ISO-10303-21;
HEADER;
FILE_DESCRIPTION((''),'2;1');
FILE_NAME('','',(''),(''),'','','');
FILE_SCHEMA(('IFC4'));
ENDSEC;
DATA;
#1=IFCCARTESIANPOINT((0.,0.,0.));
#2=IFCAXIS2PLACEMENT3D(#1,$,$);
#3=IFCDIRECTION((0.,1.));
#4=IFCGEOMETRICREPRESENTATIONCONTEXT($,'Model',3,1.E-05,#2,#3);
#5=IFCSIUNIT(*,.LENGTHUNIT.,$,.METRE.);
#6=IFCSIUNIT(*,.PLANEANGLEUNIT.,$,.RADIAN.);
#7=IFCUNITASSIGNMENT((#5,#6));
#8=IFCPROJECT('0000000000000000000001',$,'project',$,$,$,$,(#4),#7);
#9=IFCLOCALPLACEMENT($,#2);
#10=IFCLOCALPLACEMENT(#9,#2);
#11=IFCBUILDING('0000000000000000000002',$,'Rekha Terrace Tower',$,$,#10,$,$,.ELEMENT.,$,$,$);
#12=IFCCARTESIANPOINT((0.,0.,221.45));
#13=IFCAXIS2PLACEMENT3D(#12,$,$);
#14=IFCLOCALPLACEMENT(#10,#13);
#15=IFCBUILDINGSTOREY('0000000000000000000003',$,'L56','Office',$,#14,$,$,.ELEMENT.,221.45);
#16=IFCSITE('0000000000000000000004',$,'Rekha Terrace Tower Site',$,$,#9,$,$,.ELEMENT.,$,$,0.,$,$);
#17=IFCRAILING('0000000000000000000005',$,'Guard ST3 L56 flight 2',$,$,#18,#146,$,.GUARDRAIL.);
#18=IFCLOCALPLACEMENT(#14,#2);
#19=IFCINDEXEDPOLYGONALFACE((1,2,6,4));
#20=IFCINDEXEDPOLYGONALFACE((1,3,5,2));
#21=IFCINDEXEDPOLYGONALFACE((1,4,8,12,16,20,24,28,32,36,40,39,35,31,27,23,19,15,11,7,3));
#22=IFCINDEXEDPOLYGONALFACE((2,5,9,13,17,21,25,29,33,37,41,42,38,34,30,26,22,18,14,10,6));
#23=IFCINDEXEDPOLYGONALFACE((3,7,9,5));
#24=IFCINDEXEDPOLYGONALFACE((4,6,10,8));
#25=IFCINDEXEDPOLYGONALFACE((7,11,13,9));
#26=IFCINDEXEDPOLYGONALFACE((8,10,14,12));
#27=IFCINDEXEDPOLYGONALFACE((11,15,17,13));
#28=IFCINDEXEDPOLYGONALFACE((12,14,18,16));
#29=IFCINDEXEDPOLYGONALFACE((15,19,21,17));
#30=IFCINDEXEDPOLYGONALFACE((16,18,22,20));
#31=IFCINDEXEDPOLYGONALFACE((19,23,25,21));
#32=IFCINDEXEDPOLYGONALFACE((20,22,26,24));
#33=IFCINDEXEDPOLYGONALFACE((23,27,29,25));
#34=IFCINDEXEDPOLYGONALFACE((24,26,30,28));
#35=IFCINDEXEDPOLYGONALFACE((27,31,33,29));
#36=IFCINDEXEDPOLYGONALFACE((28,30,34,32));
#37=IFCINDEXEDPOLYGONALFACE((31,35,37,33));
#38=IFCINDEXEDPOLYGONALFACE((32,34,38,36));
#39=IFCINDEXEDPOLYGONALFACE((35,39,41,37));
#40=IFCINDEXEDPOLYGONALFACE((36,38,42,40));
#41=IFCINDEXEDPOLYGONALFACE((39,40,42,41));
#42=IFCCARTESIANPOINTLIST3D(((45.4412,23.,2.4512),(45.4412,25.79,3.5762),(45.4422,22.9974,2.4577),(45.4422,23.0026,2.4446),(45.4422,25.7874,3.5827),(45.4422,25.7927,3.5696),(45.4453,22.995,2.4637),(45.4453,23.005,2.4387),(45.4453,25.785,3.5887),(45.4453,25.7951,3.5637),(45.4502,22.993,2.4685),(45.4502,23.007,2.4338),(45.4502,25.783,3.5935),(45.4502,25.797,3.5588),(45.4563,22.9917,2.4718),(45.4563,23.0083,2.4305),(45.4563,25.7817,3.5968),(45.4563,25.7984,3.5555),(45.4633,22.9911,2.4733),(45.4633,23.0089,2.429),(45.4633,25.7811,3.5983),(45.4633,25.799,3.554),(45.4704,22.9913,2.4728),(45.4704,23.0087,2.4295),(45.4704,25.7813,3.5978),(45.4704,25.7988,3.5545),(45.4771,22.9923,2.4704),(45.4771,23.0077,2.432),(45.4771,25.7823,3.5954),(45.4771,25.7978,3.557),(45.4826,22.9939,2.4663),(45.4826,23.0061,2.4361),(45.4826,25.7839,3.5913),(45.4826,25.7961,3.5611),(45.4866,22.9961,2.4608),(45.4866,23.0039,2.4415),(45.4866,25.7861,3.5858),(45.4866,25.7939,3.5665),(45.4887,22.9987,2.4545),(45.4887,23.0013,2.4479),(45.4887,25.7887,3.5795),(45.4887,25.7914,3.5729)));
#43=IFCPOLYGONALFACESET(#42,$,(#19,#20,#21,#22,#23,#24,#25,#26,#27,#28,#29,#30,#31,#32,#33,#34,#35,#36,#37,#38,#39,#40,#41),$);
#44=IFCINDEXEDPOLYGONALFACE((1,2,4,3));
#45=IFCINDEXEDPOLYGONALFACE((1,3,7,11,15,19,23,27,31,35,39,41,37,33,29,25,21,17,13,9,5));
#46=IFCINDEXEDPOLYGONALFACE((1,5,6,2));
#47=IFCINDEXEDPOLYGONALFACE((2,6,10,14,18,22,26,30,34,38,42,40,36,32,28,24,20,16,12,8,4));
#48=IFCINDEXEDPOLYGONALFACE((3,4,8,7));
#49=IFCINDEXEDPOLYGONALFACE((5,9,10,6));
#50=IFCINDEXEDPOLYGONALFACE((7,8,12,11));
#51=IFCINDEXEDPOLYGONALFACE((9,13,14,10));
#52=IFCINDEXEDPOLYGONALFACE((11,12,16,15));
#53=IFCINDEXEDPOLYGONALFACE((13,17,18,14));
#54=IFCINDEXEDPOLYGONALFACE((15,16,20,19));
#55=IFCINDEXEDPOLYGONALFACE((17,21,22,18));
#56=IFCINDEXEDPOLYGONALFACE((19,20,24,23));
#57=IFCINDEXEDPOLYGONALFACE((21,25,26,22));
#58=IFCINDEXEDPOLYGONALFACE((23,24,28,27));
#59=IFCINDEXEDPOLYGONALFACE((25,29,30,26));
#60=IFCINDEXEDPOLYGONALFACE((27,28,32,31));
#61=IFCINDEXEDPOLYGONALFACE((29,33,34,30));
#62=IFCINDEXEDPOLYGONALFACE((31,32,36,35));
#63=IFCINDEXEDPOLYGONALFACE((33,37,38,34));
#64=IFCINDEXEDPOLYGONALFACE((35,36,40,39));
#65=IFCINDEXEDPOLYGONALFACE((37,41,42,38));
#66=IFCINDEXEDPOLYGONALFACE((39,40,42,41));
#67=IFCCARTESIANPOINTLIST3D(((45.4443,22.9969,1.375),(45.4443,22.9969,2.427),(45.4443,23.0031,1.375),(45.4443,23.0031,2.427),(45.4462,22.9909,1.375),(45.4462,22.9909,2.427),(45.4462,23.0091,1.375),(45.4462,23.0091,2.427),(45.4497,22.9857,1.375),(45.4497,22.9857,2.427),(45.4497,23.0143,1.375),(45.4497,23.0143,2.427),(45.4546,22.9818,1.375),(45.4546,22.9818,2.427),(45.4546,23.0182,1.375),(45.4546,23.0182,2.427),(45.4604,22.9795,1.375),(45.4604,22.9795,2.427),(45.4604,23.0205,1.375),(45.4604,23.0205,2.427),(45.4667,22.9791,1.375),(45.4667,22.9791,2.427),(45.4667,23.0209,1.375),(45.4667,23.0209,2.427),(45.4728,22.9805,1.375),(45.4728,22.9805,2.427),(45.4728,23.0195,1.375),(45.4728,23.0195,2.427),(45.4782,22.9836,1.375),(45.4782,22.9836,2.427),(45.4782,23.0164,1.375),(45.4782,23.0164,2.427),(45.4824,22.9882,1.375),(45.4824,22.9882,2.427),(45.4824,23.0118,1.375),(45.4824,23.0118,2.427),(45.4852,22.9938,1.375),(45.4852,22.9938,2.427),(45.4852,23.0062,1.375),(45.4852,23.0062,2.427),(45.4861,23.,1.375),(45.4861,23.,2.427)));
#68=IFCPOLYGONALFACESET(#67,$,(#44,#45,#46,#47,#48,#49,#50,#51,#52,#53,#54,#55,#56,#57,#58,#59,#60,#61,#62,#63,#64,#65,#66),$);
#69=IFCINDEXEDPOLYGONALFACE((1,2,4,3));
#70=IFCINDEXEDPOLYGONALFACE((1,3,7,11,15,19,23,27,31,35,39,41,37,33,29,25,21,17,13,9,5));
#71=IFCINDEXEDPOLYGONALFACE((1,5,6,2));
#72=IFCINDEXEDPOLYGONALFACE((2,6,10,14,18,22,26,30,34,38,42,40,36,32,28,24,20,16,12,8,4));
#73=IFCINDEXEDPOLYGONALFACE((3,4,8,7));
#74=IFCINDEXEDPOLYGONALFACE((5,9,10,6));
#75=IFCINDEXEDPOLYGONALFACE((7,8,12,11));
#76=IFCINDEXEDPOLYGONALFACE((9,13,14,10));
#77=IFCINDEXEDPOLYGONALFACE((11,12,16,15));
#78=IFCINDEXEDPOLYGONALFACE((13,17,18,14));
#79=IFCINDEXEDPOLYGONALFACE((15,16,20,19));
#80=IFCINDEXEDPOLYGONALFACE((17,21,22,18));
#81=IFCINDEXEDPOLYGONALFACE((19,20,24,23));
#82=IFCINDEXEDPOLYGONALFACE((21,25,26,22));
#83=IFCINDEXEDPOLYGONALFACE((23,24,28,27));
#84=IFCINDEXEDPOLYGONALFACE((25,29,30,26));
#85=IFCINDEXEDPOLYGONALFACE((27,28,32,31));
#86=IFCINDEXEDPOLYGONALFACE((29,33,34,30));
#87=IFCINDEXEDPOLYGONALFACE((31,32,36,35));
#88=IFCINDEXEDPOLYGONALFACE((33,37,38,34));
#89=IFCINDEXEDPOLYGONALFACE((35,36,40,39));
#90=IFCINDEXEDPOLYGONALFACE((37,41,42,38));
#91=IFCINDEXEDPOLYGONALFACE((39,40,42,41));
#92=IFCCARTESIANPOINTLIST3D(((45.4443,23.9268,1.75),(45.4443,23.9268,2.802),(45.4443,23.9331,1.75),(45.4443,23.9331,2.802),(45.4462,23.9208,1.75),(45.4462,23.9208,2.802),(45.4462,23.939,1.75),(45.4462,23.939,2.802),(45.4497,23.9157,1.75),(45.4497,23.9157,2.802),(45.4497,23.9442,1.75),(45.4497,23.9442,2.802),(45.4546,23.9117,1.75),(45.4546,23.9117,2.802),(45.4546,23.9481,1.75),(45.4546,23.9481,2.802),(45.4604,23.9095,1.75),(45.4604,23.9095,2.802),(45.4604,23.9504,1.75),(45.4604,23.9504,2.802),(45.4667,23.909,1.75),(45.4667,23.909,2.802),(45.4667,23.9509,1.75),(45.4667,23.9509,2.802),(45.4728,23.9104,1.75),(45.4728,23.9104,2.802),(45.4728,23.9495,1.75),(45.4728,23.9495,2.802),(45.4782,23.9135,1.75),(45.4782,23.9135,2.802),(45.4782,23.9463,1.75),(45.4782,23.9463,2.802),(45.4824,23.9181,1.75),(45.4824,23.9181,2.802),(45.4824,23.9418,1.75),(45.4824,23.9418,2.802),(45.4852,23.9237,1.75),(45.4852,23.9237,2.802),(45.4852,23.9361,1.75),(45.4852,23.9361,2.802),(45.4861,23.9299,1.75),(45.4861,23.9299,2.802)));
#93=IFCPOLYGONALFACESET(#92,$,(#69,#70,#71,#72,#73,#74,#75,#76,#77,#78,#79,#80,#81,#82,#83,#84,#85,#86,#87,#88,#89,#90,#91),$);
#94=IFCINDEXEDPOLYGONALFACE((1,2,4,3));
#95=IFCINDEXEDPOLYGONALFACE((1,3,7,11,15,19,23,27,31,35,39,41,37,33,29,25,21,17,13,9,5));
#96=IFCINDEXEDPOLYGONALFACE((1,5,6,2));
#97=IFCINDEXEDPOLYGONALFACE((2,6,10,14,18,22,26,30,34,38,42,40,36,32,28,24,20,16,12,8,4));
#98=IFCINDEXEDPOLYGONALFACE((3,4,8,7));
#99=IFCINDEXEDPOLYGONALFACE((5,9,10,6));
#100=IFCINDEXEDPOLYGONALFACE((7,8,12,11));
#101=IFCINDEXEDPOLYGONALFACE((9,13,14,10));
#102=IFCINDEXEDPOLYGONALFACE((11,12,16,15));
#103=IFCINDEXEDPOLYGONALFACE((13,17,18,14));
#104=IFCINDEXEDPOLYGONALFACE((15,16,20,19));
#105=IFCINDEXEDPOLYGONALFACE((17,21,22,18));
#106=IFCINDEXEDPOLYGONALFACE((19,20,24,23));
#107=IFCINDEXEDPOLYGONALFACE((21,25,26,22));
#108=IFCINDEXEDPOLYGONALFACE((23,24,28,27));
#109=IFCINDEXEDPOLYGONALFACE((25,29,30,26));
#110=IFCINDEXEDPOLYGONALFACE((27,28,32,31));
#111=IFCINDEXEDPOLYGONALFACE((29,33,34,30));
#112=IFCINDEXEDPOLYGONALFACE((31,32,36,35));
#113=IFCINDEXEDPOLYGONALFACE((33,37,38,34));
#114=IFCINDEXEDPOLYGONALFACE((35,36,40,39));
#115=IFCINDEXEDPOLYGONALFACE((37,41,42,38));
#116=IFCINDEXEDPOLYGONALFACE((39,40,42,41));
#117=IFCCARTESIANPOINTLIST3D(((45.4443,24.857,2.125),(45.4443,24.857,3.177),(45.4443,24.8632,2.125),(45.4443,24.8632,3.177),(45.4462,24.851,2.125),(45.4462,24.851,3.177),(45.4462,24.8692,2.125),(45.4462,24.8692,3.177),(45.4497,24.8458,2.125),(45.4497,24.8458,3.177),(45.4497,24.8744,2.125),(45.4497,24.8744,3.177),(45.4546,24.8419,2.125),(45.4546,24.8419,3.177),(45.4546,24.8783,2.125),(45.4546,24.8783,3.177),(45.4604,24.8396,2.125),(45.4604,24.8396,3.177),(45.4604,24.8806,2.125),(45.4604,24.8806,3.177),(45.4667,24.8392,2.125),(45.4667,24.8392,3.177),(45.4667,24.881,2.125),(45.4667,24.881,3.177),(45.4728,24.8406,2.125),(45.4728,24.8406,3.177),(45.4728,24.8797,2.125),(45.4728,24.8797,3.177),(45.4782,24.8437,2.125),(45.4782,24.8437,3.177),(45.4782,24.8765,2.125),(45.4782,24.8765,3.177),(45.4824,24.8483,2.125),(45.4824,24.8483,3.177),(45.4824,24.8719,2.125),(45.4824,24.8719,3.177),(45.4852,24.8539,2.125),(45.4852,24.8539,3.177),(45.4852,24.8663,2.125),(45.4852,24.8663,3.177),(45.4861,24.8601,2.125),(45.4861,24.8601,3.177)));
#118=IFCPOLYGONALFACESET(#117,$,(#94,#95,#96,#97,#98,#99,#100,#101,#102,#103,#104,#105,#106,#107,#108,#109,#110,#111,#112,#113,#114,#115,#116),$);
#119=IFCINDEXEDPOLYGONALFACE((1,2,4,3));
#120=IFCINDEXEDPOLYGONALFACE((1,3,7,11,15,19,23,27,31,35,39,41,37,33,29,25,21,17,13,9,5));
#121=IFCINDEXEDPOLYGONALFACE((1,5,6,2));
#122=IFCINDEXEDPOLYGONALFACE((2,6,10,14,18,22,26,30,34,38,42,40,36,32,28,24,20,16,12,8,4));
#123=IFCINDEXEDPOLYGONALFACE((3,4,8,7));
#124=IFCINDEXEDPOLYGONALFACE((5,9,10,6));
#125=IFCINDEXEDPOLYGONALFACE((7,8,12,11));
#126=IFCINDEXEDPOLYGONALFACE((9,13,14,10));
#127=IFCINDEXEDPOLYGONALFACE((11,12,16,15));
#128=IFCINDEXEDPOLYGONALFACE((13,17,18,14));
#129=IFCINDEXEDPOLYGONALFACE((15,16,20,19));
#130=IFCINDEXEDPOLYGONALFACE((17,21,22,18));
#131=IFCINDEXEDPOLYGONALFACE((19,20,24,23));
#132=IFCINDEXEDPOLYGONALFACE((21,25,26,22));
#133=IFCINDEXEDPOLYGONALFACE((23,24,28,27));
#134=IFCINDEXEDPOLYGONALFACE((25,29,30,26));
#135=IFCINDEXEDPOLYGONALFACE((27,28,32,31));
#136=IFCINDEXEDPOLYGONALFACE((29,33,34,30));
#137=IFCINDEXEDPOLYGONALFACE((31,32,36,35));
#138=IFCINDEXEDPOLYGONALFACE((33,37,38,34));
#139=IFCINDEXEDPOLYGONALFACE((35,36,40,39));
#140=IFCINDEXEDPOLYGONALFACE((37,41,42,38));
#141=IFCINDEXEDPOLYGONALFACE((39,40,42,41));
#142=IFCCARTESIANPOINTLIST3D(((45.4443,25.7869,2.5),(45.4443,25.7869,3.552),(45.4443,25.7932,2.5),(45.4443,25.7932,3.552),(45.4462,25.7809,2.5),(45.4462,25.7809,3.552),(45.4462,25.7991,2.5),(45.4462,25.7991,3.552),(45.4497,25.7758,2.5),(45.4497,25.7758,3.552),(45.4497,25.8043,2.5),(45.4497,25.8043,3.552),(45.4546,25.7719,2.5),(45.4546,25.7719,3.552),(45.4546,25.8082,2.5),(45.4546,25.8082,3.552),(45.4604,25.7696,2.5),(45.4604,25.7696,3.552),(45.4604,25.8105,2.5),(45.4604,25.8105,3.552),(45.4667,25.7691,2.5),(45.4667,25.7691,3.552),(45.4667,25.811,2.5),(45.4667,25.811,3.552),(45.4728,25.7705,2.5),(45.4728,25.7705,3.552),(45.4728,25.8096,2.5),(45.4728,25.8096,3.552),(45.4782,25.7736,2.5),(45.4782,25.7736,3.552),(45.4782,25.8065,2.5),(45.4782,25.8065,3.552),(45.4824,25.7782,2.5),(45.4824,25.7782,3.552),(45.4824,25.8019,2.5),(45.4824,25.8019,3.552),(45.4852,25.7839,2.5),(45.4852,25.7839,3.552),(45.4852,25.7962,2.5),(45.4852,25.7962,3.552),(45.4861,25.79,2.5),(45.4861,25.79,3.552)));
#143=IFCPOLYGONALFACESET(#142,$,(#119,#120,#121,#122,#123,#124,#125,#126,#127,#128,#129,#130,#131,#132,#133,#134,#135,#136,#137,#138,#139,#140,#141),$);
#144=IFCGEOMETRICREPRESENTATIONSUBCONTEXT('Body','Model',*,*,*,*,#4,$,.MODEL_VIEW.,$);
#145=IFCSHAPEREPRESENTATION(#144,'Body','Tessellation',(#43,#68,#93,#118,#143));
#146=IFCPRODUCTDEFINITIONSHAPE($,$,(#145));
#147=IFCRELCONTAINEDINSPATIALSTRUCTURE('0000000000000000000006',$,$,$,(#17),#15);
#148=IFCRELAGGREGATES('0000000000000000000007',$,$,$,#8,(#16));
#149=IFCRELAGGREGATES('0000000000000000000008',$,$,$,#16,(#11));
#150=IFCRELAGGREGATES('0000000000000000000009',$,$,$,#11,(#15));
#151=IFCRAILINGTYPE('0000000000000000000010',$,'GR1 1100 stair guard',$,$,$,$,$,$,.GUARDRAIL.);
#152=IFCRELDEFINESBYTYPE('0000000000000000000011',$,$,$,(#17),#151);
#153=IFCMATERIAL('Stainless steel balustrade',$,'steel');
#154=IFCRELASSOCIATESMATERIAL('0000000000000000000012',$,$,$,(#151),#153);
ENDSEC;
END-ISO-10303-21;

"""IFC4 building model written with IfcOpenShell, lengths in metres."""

from ifc_helpers import new_model, si_unit, direction, frame, origin, origin_2d, place, context, subcontext, project, spatial, circle, extrude, material, type_object, element, save


model = new_model("IFC4")

# Units and contexts
model_context = context("Model", 3, precision=1e-05, world=origin(), true_north=direction((0.0, 1.0)))
body_context = subcontext(model_context, "Body", "Model", "MODEL_VIEW")
ifc_project = project(units=[si_unit("LENGTHUNIT", "METRE"), si_unit("PLANEANGLEUNIT", "RADIAN")], contexts=[model_context])

# Site, building, storey
site_placement = place(None, origin())
site = spatial("IfcSite", under=ifc_project, at=site_placement, Name="Rekha Terrace Tower Site", CompositionType="ELEMENT", RefElevation=0.0)
building_placement = place(site_placement, origin())
building = spatial("IfcBuilding", under=site, at=building_placement, Name="Rekha Terrace Tower", CompositionType="ELEMENT")
storey_placement = place(building_placement, frame((0.0, 0.0, 221.45)))
storey = spatial("IfcBuildingStorey", under=building, at=storey_placement, Name="L56", Description="Office", CompositionType="ELEMENT", Elevation=221.45)

# Railing
ifc_material_1 = material(Name="Stainless steel balustrade", Category="steel")
railing_type_1 = type_object("IfcRailingType", Name="GR1 1100 stair guard", PredefinedType="GUARDRAIL", material=ifc_material_1)
railing_1_placement = place(storey_placement, frame((45.4651, 23.0, 1.375)))
element("IfcRailing", 1, at=railing_1_placement, inside=storey, type_object=railing_type_1, Name="Guard ST3 L56 flight 2", PredefinedType="GUARDRAIL", context=body_context, shape_type="SweptSolid", body=[
    extrude(circle(Radius=0.0239, at=origin_2d()), frame((0.0, 0.0, 1.0762), z_axis=(0.0, 0.927443, 0.373964), x_axis=(-1.0, 0.0, 0.0)), (0.0, 0.0, 1.0), 3.0083),
    extrude(circle(Radius=0.021, at=origin_2d()), origin(), (0.0, 0.0, 1.0), 1.052),
    extrude(circle(Radius=0.021, at=origin_2d()), frame((0.0, 0.9299, 0.375)), (0.0, 0.0, 1.0), 1.052),
    extrude(circle(Radius=0.021, at=origin_2d()), frame((0.0, 1.8601, 0.75)), (0.0, 0.0, 1.0), 1.052),
    extrude(circle(Radius=0.021, at=origin_2d()), frame((0.0, 2.79, 1.125)), (0.0, 0.0, 1.0), 1.052),
])

save(model, "model.ifc")
